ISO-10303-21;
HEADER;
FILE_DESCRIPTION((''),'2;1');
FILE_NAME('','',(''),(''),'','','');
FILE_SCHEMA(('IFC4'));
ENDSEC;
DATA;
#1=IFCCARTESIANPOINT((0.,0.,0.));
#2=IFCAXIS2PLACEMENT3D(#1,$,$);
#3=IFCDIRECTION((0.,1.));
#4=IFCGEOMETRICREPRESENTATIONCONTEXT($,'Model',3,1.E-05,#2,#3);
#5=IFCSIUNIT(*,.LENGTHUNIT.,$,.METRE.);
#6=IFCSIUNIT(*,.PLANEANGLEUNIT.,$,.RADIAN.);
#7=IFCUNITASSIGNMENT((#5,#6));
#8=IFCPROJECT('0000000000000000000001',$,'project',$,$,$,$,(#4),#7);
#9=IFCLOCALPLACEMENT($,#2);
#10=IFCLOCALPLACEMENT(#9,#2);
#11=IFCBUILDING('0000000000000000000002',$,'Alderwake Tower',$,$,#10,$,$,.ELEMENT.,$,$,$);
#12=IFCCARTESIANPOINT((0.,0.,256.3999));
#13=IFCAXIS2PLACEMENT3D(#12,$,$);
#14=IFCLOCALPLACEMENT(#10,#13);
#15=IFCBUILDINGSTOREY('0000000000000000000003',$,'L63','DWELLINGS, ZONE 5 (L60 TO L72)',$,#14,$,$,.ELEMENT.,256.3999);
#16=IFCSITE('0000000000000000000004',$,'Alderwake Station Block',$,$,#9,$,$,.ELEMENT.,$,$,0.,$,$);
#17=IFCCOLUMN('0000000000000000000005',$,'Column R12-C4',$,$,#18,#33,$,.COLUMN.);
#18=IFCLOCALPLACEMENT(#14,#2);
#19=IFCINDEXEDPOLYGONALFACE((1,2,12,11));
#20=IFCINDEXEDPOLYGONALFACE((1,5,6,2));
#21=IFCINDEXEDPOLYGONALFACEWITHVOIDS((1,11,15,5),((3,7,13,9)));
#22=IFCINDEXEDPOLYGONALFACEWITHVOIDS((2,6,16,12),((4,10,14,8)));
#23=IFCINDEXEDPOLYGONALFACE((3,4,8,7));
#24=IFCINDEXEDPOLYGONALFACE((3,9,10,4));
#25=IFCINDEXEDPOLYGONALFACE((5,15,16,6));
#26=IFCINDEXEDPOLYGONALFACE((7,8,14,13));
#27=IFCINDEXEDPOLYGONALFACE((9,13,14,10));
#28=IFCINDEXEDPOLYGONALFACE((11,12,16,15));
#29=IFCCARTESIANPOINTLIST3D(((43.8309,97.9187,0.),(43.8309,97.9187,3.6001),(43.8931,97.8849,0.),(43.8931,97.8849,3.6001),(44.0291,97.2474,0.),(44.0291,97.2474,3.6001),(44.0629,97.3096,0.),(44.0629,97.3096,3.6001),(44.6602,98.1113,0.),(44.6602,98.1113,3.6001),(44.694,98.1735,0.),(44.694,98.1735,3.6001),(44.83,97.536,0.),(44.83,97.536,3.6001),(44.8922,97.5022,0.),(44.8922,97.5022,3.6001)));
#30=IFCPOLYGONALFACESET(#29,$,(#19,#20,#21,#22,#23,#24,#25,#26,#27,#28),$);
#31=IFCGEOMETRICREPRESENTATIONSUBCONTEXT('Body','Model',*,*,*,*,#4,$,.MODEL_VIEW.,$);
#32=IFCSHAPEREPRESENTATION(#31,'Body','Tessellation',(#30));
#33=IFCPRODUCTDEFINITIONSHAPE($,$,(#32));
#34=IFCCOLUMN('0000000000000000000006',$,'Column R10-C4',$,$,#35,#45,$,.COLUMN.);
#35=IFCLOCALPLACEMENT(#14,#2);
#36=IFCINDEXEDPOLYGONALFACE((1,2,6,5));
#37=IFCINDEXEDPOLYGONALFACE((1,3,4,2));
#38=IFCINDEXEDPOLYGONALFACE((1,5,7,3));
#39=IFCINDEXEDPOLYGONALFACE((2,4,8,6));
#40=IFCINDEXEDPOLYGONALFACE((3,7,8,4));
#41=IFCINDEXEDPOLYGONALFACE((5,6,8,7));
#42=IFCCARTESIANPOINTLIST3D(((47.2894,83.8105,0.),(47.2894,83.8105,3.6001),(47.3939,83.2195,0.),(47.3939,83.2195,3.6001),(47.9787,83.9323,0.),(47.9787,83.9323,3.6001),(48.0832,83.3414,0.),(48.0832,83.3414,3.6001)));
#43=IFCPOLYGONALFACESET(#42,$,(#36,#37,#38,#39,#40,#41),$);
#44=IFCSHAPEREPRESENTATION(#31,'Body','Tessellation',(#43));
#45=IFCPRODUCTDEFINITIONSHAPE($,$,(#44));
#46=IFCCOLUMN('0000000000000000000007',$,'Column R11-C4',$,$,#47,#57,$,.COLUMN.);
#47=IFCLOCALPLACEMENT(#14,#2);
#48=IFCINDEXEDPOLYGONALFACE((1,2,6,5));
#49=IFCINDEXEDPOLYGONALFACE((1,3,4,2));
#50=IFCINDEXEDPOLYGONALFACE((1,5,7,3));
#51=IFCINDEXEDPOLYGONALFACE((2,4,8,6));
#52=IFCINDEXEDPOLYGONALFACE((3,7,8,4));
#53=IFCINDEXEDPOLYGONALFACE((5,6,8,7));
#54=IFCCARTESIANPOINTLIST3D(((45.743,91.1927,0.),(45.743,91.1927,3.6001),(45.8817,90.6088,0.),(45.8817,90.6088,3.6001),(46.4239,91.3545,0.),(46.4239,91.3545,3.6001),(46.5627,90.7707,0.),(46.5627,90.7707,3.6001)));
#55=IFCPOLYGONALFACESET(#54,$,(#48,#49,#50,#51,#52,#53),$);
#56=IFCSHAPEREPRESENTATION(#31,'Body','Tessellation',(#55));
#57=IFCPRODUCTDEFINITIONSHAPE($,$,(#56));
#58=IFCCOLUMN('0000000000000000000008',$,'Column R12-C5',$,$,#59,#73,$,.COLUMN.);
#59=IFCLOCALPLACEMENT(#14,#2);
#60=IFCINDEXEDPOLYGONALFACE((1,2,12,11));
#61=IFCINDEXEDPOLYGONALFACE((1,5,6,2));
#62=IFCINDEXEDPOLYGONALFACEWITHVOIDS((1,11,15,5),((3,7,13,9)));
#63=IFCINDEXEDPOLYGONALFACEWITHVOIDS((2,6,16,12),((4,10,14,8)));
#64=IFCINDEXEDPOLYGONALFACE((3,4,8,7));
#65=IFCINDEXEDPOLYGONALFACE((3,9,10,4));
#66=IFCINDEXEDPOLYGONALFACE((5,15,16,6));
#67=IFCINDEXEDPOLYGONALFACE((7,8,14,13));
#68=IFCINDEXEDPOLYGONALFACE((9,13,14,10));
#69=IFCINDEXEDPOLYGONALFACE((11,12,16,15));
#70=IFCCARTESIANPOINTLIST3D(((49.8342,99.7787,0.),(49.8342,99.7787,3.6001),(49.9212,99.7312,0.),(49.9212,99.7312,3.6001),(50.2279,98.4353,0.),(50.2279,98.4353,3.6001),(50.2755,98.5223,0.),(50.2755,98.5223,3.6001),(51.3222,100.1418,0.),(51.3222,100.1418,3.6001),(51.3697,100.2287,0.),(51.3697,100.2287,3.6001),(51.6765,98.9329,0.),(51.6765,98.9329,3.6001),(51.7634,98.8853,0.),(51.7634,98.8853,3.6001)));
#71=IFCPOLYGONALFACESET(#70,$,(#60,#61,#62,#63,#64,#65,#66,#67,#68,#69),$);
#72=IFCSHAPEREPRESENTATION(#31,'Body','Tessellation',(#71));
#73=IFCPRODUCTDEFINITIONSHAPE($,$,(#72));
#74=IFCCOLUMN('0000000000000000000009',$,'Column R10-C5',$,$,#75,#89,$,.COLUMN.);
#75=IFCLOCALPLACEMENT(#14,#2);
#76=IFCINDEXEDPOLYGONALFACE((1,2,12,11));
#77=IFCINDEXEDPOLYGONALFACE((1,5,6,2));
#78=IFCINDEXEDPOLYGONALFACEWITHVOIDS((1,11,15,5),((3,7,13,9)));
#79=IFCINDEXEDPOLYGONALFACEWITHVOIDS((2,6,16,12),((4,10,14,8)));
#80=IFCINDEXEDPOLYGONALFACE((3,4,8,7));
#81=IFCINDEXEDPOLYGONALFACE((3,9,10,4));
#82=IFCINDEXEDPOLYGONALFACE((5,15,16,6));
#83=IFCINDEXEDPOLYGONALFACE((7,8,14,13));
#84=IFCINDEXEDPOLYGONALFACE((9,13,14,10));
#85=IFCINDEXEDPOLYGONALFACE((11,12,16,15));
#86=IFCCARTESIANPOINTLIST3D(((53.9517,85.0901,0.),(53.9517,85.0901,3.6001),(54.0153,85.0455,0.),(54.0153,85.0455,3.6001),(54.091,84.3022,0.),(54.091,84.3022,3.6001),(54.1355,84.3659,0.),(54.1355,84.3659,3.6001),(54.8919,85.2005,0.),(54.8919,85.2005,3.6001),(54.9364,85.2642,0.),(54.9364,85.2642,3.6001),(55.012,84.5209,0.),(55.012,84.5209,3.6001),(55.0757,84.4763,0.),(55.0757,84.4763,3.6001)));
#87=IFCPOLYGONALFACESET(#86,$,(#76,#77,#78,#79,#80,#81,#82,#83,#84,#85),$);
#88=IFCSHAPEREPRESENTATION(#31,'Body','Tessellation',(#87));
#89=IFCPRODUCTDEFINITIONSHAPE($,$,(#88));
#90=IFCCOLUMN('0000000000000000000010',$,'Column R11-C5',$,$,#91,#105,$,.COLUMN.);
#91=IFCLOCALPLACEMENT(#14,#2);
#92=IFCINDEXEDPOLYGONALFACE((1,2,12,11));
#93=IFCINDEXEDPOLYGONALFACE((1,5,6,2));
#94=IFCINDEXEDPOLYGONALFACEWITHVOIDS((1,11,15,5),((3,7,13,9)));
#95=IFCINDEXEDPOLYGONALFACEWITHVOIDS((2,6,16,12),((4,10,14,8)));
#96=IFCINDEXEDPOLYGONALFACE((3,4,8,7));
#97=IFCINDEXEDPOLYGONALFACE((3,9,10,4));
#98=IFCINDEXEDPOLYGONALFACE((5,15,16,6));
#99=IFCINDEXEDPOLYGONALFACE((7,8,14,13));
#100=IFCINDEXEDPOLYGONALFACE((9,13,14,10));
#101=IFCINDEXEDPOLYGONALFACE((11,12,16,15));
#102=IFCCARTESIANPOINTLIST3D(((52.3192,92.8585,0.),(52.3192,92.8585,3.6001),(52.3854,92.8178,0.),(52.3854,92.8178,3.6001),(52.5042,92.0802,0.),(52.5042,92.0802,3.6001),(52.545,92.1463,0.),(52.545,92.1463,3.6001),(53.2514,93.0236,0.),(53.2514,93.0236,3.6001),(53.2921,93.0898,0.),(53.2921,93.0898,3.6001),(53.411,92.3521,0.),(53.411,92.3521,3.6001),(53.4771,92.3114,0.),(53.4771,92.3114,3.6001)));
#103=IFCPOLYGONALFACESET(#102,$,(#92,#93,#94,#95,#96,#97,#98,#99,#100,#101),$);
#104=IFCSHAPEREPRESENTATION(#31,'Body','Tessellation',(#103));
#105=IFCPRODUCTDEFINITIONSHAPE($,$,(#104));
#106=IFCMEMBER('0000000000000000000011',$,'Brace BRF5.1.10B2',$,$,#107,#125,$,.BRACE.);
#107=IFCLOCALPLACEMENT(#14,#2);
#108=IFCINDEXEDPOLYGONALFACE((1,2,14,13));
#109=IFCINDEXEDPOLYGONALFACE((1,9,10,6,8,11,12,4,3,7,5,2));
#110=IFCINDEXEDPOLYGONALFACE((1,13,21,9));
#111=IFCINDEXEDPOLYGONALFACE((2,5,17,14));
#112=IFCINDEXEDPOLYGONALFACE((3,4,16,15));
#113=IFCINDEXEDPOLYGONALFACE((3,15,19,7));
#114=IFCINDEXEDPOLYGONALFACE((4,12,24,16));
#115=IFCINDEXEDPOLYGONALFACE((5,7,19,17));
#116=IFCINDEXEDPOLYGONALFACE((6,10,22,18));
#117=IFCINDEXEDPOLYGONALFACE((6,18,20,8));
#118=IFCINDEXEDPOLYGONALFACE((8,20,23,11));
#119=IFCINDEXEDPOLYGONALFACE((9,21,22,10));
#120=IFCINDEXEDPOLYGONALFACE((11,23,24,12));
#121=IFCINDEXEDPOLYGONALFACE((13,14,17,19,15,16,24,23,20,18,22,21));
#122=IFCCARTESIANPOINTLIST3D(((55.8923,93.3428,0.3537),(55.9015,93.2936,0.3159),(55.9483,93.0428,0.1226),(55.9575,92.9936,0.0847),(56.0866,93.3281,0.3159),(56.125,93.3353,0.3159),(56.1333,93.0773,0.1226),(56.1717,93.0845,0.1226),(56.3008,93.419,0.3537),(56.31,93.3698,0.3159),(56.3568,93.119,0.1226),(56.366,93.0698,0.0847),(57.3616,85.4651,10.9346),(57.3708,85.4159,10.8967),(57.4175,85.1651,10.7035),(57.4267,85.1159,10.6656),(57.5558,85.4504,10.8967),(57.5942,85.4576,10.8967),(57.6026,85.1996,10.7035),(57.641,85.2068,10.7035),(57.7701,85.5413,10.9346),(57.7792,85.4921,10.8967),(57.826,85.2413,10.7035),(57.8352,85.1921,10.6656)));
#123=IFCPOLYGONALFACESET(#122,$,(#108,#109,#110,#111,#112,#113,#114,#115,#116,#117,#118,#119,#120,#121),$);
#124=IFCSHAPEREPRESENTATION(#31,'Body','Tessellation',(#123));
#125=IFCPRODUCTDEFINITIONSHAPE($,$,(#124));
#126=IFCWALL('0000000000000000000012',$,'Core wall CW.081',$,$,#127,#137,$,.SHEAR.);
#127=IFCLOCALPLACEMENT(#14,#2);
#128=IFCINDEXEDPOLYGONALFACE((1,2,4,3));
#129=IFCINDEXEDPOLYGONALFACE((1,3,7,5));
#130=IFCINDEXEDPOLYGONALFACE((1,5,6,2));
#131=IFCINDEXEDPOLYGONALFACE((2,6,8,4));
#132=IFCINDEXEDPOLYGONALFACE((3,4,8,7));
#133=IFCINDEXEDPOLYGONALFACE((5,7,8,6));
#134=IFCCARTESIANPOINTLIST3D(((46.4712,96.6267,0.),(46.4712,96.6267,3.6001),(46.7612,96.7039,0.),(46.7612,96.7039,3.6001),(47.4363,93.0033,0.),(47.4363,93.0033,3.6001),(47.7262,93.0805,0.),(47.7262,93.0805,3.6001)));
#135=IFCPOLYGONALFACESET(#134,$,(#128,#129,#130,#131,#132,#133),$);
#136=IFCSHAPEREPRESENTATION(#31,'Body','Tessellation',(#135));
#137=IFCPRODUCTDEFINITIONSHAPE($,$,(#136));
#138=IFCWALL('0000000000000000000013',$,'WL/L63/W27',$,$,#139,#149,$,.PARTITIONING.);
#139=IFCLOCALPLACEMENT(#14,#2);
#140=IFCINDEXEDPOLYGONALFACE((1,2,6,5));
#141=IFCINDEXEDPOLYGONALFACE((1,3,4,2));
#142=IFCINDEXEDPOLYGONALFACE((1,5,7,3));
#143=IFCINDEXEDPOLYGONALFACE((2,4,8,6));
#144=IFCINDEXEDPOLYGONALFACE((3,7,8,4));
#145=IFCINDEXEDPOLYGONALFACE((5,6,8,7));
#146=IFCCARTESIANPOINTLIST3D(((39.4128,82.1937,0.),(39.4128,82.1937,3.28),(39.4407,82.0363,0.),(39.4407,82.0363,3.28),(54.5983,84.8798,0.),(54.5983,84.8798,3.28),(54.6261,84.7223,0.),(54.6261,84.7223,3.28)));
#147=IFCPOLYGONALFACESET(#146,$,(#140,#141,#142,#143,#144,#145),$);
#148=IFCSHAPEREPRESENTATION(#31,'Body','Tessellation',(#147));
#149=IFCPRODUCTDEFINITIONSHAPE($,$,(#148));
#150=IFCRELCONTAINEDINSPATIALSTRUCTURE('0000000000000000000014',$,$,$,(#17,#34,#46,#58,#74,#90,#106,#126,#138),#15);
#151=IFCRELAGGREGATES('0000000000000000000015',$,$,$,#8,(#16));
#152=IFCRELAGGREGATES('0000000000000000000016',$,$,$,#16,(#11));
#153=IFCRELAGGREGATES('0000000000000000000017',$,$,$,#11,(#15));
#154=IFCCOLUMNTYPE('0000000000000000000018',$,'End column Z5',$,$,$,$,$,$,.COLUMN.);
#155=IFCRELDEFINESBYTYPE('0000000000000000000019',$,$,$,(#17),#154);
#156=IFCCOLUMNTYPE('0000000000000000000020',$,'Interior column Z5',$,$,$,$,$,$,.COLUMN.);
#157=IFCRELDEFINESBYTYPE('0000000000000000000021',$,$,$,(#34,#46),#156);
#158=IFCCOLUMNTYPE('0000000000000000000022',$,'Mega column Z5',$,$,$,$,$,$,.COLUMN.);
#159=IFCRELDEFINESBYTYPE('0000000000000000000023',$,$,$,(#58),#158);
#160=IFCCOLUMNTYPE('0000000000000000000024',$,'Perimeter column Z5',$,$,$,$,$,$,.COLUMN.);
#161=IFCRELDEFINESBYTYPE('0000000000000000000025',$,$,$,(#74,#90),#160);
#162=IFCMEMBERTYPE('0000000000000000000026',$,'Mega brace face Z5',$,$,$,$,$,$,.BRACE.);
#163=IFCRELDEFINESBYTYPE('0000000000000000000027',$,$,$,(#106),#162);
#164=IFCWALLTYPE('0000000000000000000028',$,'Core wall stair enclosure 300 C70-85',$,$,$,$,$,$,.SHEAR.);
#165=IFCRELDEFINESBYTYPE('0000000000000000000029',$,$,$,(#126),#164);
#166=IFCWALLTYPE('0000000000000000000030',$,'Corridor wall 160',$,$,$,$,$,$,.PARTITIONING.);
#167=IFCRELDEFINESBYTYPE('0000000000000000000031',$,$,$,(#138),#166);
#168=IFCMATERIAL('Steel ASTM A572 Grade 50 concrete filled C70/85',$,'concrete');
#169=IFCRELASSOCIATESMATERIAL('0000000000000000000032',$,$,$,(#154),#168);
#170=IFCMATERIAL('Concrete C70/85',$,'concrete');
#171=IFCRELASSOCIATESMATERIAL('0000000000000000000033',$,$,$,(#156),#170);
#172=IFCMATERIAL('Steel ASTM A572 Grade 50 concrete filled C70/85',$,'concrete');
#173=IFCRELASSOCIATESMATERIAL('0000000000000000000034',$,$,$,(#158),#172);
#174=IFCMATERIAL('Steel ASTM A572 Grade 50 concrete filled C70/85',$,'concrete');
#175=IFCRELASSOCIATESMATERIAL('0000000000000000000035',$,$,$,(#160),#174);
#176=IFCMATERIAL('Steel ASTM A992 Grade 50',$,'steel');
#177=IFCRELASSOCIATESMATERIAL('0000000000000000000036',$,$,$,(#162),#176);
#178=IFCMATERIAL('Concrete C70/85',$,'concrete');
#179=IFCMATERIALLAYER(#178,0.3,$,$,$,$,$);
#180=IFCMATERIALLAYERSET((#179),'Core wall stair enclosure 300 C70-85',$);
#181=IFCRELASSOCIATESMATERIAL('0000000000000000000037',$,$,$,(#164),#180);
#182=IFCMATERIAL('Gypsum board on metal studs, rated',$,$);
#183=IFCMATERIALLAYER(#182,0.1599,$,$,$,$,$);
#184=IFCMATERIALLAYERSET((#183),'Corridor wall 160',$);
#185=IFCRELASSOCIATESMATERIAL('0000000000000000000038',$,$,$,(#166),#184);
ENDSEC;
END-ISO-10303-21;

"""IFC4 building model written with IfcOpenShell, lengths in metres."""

from ifc_helpers import new_model, si_unit, direction, frame, frame_2d, origin, origin_2d, place, context, subcontext, project, spatial, rectangle, hollow_rectangle, i_section, extrude, material, layer, layer_set, material_profile, profile_set, type_object, element, save


model = new_model("IFC4")

# Units and contexts
model_context = context("Model", 3, precision=1e-05, world=origin(), true_north=direction((0.0, 1.0)))
body_context = subcontext(model_context, "Body", "Model", "MODEL_VIEW")
ifc_project = project(units=[si_unit("LENGTHUNIT", "METRE"), si_unit("PLANEANGLEUNIT", "RADIAN")], contexts=[model_context])

# Site, building, storey
site_placement = place(None, origin())
site = spatial("IfcSite", under=ifc_project, at=site_placement, Name="Alderwake Station Block", CompositionType="ELEMENT", RefElevation=0.0)
building_placement = place(site_placement, origin())
building = spatial("IfcBuilding", under=site, at=building_placement, Name="Alderwake Tower", CompositionType="ELEMENT")
storey_placement = place(building_placement, frame((0.0, 0.0, 256.3999)))
storey = spatial("IfcBuildingStorey", under=building, at=storey_placement, Name="L63", Description="DWELLINGS, ZONE 5 (L60 TO L72)", CompositionType="ELEMENT", Elevation=256.3999)

# Columns
ifc_material_1 = material(Name="Steel ASTM A572 Grade 50 concrete filled C70/85", Category="concrete")
ifc_material_profile_1 = material_profile(ifc_material_1, hollow_rectangle(XDim=0.7, YDim=0.8999, WallThickness=0.05, at=origin_2d()), Name="BOX 900X700X50")
ifc_profile_set_1 = profile_set([ifc_material_profile_1], Name="Steel ASTM A572 Grade 50 concrete filled C70/85")
column_type_1 = type_object("IfcColumnType", Name="End column Z5", PredefinedType="COLUMN", material=ifc_profile_set_1)
column_1_placement = place(storey_placement, frame((44.3616, 97.7104, 0.0), z_axis=(0.0, 0.0, 1.0), x_axis=(-0.283115, 0.959086, 0.0)))
element("IfcColumn", 1, at=column_1_placement, inside=storey, type_object=column_type_1, Name="Column R12-C4", PredefinedType="COLUMN", context=body_context, shape_type="SweptSolid", body=[
    extrude(hollow_rectangle(XDim=0.7, YDim=0.8999, WallThickness=0.05, at=origin_2d()), origin(), (0.0, 0.0, 1.0), 3.6001),
])
ifc_material_2 = material(Name="Concrete C70/85", Category="concrete")
ifc_material_profile_2 = material_profile(ifc_material_2, rectangle(XDim=0.6001, YDim=0.7, at=origin_2d()), Name="RC 700X600")
ifc_profile_set_2 = profile_set([ifc_material_profile_2], Name="Concrete C70/85")
column_type_2 = type_object("IfcColumnType", Name="Interior column Z5", PredefinedType="COLUMN", material=ifc_profile_set_2)
for number, where, z_axis, x_axis, name in (
    (2, (47.6863, 83.5759, 0.0), (0.0, 0.0, 1.0), (-0.174109, 0.984726, 0.0), "Column R10-C4"),
    (3, (46.1528, 90.9817, 0.0), (0.0, 0.0, 1.0), (-0.231222, 0.972901, 0.0), "Column R11-C4"),
):
    element("IfcColumn", number, at=place(storey_placement, frame(where, z_axis=z_axis, x_axis=x_axis)), inside=storey, type_object=column_type_2, Name=name, PredefinedType="COLUMN", context=body_context, shape_type="SweptSolid", body=[
        extrude(rectangle(XDim=0.6001, YDim=0.7, at=origin_2d()), origin(), (0.0, 0.0, 1.0), 3.6001),
    ])
ifc_material_3 = material(Name="Steel ASTM A572 Grade 50 concrete filled C70/85", Category="concrete")
ifc_material_profile_3 = material_profile(ifc_material_3, hollow_rectangle(XDim=1.3999, YDim=1.6001, WallThickness=0.0701, at=origin_2d()), Name="BOX 1600X1400X70")
ifc_profile_set_3 = profile_set([ifc_material_profile_3], Name="Steel ASTM A572 Grade 50 concrete filled C70/85")
column_type_3 = type_object("IfcColumnType", Name="Mega column Z5", PredefinedType="COLUMN", material=ifc_profile_set_3)
column_2_placement = place(storey_placement, frame((50.7988, 99.332, 0.0), z_axis=(0.0, 0.0, 1.0), x_axis=(-0.281233, 0.95964, 0.0)))
element("IfcColumn", 4, at=column_2_placement, inside=storey, type_object=column_type_3, Name="Column R12-C5", PredefinedType="COLUMN", context=body_context, shape_type="SweptSolid", body=[
    extrude(hollow_rectangle(XDim=1.3999, YDim=1.6001, WallThickness=0.0701, at=origin_2d()), origin(), (0.0, 0.0, 1.0), 3.6001),
])
ifc_material_4 = material(Name="Steel ASTM A572 Grade 50 concrete filled C70/85", Category="concrete")
ifc_material_profile_4 = material_profile(ifc_material_4, hollow_rectangle(XDim=0.8, YDim=1.0, WallThickness=0.0549, at=origin_2d()), Name="BOX 1000X800X55")
ifc_profile_set_4 = profile_set([ifc_material_profile_4], Name="Steel ASTM A572 Grade 50 concrete filled C70/85")
column_type_4 = type_object("IfcColumnType", Name="Perimeter column Z5", PredefinedType="COLUMN", material=ifc_profile_set_4)
for number, where, z_axis, x_axis, name in (
    (5, (54.5137, 84.7832, 0.0), (0.0, 0.0, 1.0), (-0.174109, 0.984726, 0.0), "Column R10-C5"),
    (6, (52.8982, 92.585, 0.0), (0.0, 0.0, 1.0), (-0.231222, 0.972901, 0.0), "Column R11-C5"),
):
    element("IfcColumn", number, at=place(storey_placement, frame(where, z_axis=z_axis, x_axis=x_axis)), inside=storey, type_object=column_type_4, Name=name, PredefinedType="COLUMN", context=body_context, shape_type="SweptSolid", body=[
        extrude(hollow_rectangle(XDim=0.8, YDim=1.0, WallThickness=0.0549, at=origin_2d()), origin(), (0.0, 0.0, 1.0), 3.6001),
    ])

# Member
ifc_material_5 = material(Name="Steel ASTM A992 Grade 50", Category="steel")
ifc_material_profile_5 = material_profile(ifc_material_5, i_section(OverallWidth=0.4155, OverallDepth=0.4456, WebThickness=0.0391, FlangeThickness=0.0627, at=origin_2d()), Name="W14X342")
ifc_profile_set_5 = profile_set([ifc_material_profile_5], Name="Steel ASTM A992 Grade 50")
member_type = type_object("IfcMemberType", Name="Mega brace face Z5", PredefinedType="BRACE", material=ifc_profile_set_5)
member_placement = place(storey_placement, frame((56.1292, 93.2063, 0.2192), z_axis=(0.110695, -0.593516, 0.797173), x_axis=(0.983049, 0.183345, 0.0)))
element("IfcMember", 7, at=member_placement, inside=storey, type_object=member_type, Name="Brace BRF5.1.10B2", PredefinedType="BRACE", context=body_context, shape_type="SweptSolid", body=[
    extrude(i_section(OverallWidth=0.4155, OverallDepth=0.4456, WebThickness=0.0391, FlangeThickness=0.0627, at=origin_2d()), origin(), (0.0, 0.0, 1.0), 13.2729),
])

# Walls
ifc_material_6 = material(Name="Concrete C70/85", Category="concrete")
ifc_layer_1 = layer(ifc_material_6, 0.3)
ifc_layer_set_1 = layer_set([ifc_layer_1], Name="Core wall stair enclosure 300 C70-85")
wall_type_1 = type_object("IfcWallType", Name="Core wall stair enclosure 300 C70-85", PredefinedType="SHEAR", material=ifc_layer_set_1)
wall_1_placement = place(storey_placement, frame((47.5813, 93.0417, 0.0), z_axis=(0.0, 0.0, 1.0), x_axis=(-0.257367, 0.966314, 0.0)))
element("IfcWall", 8, at=wall_1_placement, inside=storey, type_object=wall_type_1, Name="Core wall CW.081", PredefinedType="SHEAR", context=body_context, shape_type="SweptSolid", body=[
    extrude(rectangle(XDim=3.7498, YDim=0.3, at=frame_2d((1.875, 0.0))), origin(), (0.0, 0.0, 1.0), 3.6001),
])
ifc_material_7 = material(Name="Gypsum board on metal studs, rated")
ifc_layer_2 = layer(ifc_material_7, 0.1599)
ifc_layer_set_2 = layer_set([ifc_layer_2], Name="Corridor wall 160")
wall_type_2 = type_object("IfcWallType", Name="Corridor wall 160", PredefinedType="PARTITIONING", material=ifc_layer_set_2)
wall_2_placement = place(storey_placement, frame((54.6121, 84.801, 0.0), z_axis=(0.0, 0.0, 1.0), x_axis=(-0.984714, -0.17418, 0.0)))
element("IfcWall", 9, at=wall_2_placement, inside=storey, type_object=wall_type_2, Name="WL/L63/W27", PredefinedType="PARTITIONING", context=body_context, shape_type="SweptSolid", body=[
    extrude(rectangle(XDim=15.4211, YDim=0.1599, at=frame_2d((7.7104, 0.0))), origin(), (0.0, 0.0, 1.0), 3.28),
])

save(model, "model.ifc")
